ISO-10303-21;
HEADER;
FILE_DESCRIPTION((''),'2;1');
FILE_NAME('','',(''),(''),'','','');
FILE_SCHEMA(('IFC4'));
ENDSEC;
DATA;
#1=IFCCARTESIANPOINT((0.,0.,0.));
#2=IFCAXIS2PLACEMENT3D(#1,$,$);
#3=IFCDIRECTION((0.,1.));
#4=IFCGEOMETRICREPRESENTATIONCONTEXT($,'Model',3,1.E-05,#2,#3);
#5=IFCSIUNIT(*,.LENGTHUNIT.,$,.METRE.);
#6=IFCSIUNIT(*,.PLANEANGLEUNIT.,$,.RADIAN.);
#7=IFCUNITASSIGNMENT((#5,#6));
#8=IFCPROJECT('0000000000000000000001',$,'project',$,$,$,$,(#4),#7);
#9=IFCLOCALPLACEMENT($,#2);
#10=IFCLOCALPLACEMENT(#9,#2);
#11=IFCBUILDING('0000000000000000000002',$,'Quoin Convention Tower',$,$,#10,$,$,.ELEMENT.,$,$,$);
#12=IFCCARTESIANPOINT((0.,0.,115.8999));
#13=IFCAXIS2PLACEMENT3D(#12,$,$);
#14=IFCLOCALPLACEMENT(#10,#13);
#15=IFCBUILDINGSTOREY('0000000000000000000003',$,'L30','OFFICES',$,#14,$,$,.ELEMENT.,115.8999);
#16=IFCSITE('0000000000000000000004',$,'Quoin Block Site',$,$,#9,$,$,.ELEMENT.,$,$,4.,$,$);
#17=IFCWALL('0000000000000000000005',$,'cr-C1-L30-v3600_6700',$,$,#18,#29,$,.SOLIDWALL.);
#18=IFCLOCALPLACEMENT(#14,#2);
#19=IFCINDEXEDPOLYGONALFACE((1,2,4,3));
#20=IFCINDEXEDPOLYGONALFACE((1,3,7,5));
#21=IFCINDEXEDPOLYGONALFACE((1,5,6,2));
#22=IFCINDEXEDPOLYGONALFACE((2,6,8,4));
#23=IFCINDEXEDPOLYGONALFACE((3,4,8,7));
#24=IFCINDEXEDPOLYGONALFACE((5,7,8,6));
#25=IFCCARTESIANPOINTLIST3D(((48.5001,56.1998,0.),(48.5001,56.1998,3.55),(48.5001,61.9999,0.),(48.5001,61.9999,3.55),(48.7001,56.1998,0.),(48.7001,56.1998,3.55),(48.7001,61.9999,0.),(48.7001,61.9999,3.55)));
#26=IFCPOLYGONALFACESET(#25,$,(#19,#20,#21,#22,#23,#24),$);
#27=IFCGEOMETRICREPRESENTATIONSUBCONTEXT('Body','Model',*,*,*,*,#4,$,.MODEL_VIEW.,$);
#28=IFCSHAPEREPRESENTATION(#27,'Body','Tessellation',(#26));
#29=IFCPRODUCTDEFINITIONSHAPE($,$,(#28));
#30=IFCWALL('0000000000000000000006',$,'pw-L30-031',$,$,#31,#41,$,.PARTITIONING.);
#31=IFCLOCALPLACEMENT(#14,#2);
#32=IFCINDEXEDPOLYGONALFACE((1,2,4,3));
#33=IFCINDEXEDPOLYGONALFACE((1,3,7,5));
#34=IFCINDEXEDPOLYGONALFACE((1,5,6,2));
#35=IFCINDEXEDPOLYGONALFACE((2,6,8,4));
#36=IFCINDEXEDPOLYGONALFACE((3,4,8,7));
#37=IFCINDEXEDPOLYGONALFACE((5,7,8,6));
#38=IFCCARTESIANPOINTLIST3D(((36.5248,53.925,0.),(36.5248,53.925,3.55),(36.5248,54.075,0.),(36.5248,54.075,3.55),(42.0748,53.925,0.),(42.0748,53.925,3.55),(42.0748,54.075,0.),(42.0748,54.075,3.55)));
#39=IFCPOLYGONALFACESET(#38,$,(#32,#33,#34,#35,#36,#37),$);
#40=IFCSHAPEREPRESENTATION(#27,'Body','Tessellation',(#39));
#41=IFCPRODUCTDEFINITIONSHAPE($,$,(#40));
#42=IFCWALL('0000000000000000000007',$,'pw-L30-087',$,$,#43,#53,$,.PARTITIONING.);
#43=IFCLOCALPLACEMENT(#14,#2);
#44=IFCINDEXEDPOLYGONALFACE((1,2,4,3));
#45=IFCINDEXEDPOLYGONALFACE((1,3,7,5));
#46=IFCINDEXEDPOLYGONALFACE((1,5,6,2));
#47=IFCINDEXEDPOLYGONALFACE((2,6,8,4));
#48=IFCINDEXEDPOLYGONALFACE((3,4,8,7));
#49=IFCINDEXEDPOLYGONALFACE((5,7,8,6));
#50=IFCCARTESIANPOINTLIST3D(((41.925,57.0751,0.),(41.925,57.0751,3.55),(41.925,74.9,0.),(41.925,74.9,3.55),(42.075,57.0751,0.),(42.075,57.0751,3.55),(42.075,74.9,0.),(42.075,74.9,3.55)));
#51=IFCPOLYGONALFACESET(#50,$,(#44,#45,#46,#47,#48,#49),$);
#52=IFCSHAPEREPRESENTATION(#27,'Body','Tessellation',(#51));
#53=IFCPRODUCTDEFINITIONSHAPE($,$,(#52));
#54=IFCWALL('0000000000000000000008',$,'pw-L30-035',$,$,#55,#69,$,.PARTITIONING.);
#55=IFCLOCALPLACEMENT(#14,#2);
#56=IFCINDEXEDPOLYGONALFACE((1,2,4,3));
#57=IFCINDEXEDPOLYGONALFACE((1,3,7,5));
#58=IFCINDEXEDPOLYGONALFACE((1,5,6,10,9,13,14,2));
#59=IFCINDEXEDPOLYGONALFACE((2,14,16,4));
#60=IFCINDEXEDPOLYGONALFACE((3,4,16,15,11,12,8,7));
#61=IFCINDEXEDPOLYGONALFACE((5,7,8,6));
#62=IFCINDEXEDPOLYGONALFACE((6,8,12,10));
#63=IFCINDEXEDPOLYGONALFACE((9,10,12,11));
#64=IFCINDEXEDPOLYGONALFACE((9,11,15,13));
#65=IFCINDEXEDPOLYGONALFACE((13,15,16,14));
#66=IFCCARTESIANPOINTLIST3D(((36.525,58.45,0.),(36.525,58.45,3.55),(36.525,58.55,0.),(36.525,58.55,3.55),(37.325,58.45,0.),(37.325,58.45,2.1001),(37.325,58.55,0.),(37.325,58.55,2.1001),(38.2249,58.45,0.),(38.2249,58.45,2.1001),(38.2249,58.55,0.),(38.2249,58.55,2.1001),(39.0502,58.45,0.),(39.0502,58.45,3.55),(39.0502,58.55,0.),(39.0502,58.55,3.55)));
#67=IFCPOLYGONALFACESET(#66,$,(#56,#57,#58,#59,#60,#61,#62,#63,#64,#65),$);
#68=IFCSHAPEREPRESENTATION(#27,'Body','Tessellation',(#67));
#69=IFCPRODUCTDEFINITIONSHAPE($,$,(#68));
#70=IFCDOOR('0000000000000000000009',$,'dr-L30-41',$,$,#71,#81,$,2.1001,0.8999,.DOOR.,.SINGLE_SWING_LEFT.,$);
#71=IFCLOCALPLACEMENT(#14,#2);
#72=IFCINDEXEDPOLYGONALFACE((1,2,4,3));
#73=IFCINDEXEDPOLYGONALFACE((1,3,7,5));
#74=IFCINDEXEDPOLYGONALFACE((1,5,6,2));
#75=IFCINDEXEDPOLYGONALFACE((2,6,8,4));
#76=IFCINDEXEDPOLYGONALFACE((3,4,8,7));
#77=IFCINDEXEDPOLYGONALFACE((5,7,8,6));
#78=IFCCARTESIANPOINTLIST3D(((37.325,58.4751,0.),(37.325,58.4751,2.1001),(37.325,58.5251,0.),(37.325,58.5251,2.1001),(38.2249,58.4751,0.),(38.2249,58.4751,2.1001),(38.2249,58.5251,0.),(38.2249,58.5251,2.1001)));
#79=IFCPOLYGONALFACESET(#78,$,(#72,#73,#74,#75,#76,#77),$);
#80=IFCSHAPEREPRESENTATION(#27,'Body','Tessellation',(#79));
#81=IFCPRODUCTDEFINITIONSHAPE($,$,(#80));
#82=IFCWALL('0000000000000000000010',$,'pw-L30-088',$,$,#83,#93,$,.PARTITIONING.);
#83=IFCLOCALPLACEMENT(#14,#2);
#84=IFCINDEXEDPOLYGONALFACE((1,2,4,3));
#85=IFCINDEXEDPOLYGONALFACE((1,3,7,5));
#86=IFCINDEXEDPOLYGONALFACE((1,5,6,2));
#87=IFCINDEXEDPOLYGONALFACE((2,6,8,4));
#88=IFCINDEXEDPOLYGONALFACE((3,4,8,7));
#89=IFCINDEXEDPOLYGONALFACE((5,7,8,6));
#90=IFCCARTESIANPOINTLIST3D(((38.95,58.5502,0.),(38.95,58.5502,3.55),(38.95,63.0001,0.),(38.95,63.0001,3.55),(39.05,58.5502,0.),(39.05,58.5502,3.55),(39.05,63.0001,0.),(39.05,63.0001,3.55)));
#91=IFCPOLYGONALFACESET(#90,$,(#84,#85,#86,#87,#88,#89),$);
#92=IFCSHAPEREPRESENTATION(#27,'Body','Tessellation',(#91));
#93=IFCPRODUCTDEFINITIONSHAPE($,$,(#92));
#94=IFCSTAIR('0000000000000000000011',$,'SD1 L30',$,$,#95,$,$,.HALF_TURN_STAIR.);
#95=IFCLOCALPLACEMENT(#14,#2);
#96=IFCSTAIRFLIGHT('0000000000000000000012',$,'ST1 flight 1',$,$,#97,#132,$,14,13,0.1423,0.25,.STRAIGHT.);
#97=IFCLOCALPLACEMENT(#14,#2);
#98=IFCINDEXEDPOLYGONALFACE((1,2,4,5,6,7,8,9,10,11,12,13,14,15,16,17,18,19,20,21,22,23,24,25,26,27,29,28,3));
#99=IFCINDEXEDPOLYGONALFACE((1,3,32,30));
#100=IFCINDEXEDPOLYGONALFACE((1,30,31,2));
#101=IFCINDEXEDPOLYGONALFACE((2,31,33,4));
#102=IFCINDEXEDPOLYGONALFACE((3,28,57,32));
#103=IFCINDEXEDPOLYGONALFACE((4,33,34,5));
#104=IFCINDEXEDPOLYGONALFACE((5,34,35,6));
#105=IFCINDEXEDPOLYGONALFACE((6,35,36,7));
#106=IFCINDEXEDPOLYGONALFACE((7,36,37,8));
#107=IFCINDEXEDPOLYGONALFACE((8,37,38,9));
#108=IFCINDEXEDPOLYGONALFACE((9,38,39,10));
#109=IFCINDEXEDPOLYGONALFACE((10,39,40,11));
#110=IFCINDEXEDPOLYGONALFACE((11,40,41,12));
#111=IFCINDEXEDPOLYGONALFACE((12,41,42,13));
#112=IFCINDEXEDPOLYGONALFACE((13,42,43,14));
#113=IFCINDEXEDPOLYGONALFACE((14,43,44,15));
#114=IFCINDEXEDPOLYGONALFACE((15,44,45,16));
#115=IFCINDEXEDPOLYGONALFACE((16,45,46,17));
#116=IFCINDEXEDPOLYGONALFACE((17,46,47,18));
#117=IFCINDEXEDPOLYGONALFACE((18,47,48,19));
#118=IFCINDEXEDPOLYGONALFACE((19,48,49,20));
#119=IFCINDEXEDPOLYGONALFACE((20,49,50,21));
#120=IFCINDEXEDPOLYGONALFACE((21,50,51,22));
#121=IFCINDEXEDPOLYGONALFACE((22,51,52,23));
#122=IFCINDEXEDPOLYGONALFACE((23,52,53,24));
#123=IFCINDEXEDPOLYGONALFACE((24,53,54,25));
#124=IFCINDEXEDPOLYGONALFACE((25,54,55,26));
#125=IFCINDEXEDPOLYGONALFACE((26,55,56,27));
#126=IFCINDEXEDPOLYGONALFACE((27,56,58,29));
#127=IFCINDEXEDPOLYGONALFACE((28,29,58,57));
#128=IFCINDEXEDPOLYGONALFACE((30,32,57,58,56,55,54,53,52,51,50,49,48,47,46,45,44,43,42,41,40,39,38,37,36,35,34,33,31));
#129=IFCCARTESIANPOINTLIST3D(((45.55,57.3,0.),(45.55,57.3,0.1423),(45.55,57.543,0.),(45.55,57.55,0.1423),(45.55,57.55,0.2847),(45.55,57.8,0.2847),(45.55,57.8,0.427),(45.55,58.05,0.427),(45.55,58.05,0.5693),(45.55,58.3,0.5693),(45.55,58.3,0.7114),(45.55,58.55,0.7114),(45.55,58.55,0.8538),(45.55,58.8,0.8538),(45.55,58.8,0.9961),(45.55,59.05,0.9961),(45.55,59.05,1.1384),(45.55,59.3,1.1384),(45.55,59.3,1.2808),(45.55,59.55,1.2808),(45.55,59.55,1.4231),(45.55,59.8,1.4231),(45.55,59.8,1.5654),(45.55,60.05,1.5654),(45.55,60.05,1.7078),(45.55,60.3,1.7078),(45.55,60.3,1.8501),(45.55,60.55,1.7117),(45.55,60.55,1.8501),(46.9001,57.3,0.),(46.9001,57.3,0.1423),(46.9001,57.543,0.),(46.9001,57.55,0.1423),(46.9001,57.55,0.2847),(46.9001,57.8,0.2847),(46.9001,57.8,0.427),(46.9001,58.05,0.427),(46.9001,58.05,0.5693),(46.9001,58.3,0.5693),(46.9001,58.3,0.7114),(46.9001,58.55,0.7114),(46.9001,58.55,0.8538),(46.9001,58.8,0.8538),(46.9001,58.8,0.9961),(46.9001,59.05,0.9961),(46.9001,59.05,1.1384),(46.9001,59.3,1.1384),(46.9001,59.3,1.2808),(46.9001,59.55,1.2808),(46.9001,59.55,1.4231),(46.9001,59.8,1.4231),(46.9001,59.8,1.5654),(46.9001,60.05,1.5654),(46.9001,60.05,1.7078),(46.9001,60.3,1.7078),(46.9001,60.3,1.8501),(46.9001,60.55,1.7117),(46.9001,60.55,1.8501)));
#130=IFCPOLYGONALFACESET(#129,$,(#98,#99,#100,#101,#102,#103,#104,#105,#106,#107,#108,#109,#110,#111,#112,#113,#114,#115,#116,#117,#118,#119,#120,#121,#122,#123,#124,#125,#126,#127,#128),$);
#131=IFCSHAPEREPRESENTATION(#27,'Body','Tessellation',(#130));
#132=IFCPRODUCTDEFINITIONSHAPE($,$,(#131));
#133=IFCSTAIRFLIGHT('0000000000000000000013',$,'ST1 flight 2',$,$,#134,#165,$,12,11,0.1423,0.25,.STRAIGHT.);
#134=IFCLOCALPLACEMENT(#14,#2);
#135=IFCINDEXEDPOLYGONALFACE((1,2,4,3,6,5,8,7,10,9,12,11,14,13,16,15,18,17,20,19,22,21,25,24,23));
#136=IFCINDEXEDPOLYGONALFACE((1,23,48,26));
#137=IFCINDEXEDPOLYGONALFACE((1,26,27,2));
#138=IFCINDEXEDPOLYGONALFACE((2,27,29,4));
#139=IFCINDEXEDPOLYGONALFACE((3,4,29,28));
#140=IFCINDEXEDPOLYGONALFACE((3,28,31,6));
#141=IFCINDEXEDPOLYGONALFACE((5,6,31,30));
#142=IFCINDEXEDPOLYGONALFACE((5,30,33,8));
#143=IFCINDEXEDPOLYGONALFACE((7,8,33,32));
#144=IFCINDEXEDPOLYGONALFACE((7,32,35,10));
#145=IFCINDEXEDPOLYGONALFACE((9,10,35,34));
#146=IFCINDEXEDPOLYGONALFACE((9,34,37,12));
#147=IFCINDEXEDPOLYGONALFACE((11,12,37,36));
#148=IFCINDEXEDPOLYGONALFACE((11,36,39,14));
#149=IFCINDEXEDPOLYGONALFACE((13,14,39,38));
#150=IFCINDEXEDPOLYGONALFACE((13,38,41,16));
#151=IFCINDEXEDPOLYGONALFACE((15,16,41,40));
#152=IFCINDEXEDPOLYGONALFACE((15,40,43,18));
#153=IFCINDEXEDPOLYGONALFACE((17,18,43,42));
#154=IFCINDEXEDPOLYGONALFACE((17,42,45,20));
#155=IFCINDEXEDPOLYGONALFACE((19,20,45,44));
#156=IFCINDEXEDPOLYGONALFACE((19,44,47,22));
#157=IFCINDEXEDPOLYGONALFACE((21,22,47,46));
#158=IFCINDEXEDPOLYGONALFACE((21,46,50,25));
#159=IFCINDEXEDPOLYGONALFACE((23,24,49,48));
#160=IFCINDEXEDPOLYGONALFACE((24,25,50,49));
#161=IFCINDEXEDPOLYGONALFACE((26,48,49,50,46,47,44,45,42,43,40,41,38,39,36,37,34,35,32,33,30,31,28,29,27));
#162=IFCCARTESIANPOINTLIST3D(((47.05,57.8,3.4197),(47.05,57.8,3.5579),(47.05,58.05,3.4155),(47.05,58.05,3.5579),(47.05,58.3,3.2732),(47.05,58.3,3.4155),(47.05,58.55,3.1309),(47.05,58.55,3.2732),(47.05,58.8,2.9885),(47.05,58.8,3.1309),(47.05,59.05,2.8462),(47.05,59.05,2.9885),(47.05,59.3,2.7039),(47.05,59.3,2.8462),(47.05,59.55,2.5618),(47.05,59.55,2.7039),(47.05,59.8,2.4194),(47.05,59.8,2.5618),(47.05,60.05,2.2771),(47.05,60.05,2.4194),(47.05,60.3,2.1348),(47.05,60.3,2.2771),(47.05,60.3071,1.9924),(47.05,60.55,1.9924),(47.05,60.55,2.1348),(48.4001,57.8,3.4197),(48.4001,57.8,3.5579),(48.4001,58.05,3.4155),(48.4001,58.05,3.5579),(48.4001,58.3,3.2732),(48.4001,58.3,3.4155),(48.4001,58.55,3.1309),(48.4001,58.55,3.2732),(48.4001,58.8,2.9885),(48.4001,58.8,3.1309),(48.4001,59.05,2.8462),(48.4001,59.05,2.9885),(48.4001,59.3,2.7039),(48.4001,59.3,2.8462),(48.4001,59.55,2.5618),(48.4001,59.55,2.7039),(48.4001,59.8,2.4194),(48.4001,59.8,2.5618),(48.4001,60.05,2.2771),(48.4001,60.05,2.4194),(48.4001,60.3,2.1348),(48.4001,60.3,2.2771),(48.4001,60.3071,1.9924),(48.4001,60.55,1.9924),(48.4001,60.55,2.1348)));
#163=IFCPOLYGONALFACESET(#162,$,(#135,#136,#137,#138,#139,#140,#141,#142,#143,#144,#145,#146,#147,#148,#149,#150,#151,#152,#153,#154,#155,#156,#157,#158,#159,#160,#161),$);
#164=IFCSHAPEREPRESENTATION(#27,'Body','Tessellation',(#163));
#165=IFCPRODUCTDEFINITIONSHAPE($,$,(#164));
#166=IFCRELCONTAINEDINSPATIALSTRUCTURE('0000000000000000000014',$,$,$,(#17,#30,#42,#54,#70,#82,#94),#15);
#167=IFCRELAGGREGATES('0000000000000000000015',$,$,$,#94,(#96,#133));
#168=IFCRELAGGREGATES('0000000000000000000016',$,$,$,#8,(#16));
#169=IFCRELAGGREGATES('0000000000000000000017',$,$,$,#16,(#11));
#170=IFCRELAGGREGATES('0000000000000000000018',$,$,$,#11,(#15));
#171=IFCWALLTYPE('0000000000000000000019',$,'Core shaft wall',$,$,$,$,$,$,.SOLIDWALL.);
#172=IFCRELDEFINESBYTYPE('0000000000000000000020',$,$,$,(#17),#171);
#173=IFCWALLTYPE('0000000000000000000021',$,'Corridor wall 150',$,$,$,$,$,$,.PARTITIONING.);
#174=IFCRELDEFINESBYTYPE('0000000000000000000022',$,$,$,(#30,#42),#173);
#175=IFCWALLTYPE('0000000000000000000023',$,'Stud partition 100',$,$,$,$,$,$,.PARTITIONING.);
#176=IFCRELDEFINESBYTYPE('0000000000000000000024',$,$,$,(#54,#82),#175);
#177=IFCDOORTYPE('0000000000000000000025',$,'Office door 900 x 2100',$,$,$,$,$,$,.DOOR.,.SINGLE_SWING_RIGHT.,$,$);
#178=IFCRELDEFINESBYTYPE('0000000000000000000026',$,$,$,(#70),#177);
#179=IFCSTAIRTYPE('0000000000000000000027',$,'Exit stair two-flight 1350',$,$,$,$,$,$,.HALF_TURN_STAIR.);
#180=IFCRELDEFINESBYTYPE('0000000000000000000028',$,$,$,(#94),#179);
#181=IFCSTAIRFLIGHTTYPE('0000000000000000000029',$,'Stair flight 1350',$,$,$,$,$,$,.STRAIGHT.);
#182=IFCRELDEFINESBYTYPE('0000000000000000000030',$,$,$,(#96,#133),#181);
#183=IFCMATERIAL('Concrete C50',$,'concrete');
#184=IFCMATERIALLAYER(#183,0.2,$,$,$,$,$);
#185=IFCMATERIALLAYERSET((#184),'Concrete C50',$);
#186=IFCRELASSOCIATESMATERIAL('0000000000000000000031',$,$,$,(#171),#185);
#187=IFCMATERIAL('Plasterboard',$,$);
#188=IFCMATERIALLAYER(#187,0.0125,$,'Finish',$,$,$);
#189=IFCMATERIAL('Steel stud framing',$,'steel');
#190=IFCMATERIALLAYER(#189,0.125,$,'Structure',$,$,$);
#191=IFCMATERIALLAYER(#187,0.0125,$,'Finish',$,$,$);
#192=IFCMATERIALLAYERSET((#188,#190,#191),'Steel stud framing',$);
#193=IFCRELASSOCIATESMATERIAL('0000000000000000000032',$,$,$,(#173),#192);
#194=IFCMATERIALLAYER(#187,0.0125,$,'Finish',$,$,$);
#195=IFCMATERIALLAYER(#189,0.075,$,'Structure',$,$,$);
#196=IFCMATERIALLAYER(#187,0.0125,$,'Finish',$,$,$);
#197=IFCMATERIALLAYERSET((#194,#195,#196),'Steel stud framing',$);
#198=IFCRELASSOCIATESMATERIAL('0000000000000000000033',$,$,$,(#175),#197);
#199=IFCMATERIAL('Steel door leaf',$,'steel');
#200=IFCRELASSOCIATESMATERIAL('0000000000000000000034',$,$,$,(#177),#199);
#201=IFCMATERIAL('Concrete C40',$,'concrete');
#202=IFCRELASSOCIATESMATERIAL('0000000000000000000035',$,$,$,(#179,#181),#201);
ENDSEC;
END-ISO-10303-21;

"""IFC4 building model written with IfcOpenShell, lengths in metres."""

from ifc_helpers import new_model, si_unit, direction, frame, frame_2d, origin, place, context, subcontext, project, spatial, polyline, rectangle, outline, extrude, material, layer, layer_set, type_object, element, fill, aggregate, save


model = new_model("IFC4")

# Units and contexts
model_context = context("Model", 3, precision=1e-05, world=origin(), true_north=direction((0.0, 1.0)))
body_context = subcontext(model_context, "Body", "Model", "MODEL_VIEW")
ifc_project = project(units=[si_unit("LENGTHUNIT", "METRE"), si_unit("PLANEANGLEUNIT", "RADIAN")], contexts=[model_context])

# Site, building, storey
site_placement = place(None, origin())
site = spatial("IfcSite", under=ifc_project, at=site_placement, Name="Quoin Block Site", CompositionType="ELEMENT", RefElevation=4.0)
building_placement = place(site_placement, origin())
building = spatial("IfcBuilding", under=site, at=building_placement, Name="Quoin Convention Tower", CompositionType="ELEMENT")
storey_placement = place(building_placement, frame((0.0, 0.0, 115.8999)))
storey = spatial("IfcBuildingStorey", under=building, at=storey_placement, Name="L30", Description="OFFICES", CompositionType="ELEMENT", Elevation=115.8999)

# Shared definitions
ifc_material_1 = material(Name="Plasterboard")
ifc_material_2 = material(Name="Steel stud framing", Category="steel")

# Shared definitions
ifc_material_3 = material(Name="Steel door leaf", Category="steel")

# Shared definitions
ifc_material_4 = material(Name="Concrete C50", Category="concrete")
ifc_layer_1 = layer(ifc_material_4, 0.2)
ifc_layer_set_1 = layer_set([ifc_layer_1], Name="Concrete C50")
wall_type_1 = type_object("IfcWallType", Name="Core shaft wall", PredefinedType="SOLIDWALL", material=ifc_layer_set_1)

# Walls
wall_1_placement = place(storey_placement, frame((48.6001, 56.2, 0.0), z_axis=(0.0, 0.0, 1.0), x_axis=(0.0, 1.0, 0.0)))
element("IfcWall", 1, at=wall_1_placement, inside=storey, type_object=wall_type_1, Name="cr-C1-L30-v3600_6700", PredefinedType="SOLIDWALL", context=body_context, shape_type="SweptSolid", body=[
    extrude(rectangle(XDim=5.8, YDim=0.2, at=frame_2d((2.8999, 0.0))), origin(), (0.0, 0.0, 1.0), 3.55),
])
ifc_layer_2 = layer(ifc_material_1, 0.0125, Name="Finish")
ifc_layer_3 = layer(ifc_material_2, 0.125, Name="Structure")
ifc_layer_4 = layer(ifc_material_1, 0.0125, Name="Finish")
ifc_layer_set_2 = layer_set([ifc_layer_2, ifc_layer_3, ifc_layer_4], Name="Steel stud framing")
wall_type_2 = type_object("IfcWallType", Name="Corridor wall 150", PredefinedType="PARTITIONING", material=ifc_layer_set_2)
wall_2_placement = place(storey_placement, frame((36.5249, 54.0, 0.0), z_axis=(0.0, 0.0, 1.0), x_axis=(1.0, 0.0, 0.0)))
element("IfcWall", 2, at=wall_2_placement, inside=storey, type_object=wall_type_2, Name="pw-L30-031", PredefinedType="PARTITIONING", context=body_context, shape_type="SweptSolid", body=[
    extrude(rectangle(XDim=5.55, YDim=0.1499, at=frame_2d((2.7749, 0.0))), origin(), (0.0, 0.0, 1.0), 3.55),
])
wall_3_placement = place(storey_placement, frame((42.0, 57.075, 0.0), z_axis=(0.0, 0.0, 1.0), x_axis=(0.0, 1.0, 0.0)))
element("IfcWall", 3, at=wall_3_placement, inside=storey, type_object=wall_type_2, Name="pw-L30-087", PredefinedType="PARTITIONING", context=body_context, shape_type="SweptSolid", body=[
    extrude(rectangle(XDim=17.825, YDim=0.1499, at=frame_2d((8.9126, 0.0))), origin(), (0.0, 0.0, 1.0), 3.55),
])

# Wall, opening, door
ifc_layer_5 = layer(ifc_material_1, 0.0125, Name="Finish")
ifc_layer_6 = layer(ifc_material_2, 0.075, Name="Structure")
ifc_layer_7 = layer(ifc_material_1, 0.0125, Name="Finish")
ifc_layer_set_3 = layer_set([ifc_layer_5, ifc_layer_6, ifc_layer_7], Name="Steel stud framing")
wall_type_3 = type_object("IfcWallType", Name="Stud partition 100", PredefinedType="PARTITIONING", material=ifc_layer_set_3)
wall_4_placement = place(storey_placement, frame((36.5249, 58.5, 0.0), z_axis=(0.0, 0.0, 1.0), x_axis=(1.0, 0.0, 0.0)))
wall_4 = element("IfcWall", 4, at=wall_4_placement, inside=storey, type_object=wall_type_3, Name="pw-L30-035", PredefinedType="PARTITIONING", context=body_context, shape_type="SweptSolid", body=[
    extrude(rectangle(XDim=2.5251, YDim=0.1001, at=frame_2d((1.2627, 0.0))), origin(), (0.0, 0.0, 1.0), 3.55),
])
opening_1_placement = place(wall_4_placement, frame((0.8, 0.0, 0.0)))
opening_1 = element("IfcOpeningElement", 5, at=opening_1_placement, cuts=wall_4, PredefinedType="OPENING", context=body_context, shape_type="SweptSolid", body=[
    extrude(rectangle(XDim=0.8999, YDim=2.1001, at=frame_2d((0.45, 1.05))), frame((0.0, 0.0601, 0.0), z_axis=(0.0, -1.0, 0.0), x_axis=(1.0, 0.0, 0.0)), (0.0, 0.0, 1.0), 0.1201),
])
door_type_1 = type_object("IfcDoorType", Name="Office door 900 x 2100", OperationType="SINGLE_SWING_RIGHT", PredefinedType="DOOR", material=ifc_material_3)
door_1_placement = place(opening_1_placement, frame((0.8999, 0.0, 0.0), z_axis=(0.0, 0.0, 1.0), x_axis=(-1.0, 0.0, 0.0)))
door_1 = element("IfcDoor", 6, at=door_1_placement, inside=storey, type_object=door_type_1, Name="dr-L30-41", OperationType="SINGLE_SWING_LEFT", OverallHeight=2.1001, OverallWidth=0.8999, PredefinedType="DOOR", context=body_context, shape_type="SweptSolid", body=[
    extrude(rectangle(XDim=0.8999, YDim=2.1001, at=frame_2d((0.45, 1.05))), frame((0.0, 0.0249, 0.0), z_axis=(0.0, -1.0, 0.0), x_axis=(1.0, 0.0, 0.0)), (0.0, 0.0, 1.0), 0.05),
])
fill(opening_1, door_1)

# Wall
wall_5_placement = place(storey_placement, frame((39.0, 58.55, 0.0), z_axis=(0.0, 0.0, 1.0), x_axis=(0.0, 1.0, 0.0)))
element("IfcWall", 7, at=wall_5_placement, inside=storey, type_object=wall_type_3, Name="pw-L30-088", PredefinedType="PARTITIONING", context=body_context, shape_type="SweptSolid", body=[
    extrude(rectangle(XDim=4.45, YDim=0.1001, at=frame_2d((2.2251, 0.0))), origin(), (0.0, 0.0, 1.0), 3.55),
])

# Stair, stair flights
ifc_material_5 = material(Name="Concrete C40", Category="concrete")
stair_type = type_object("IfcStairType", Name="Exit stair two-flight 1350", PredefinedType="HALF_TURN_STAIR", material=ifc_material_5)
stair_placement = place(storey_placement, origin())
stair = element("IfcStair", 8, at=stair_placement, inside=storey, type_object=stair_type, Name="SD1 L30", PredefinedType="HALF_TURN_STAIR")
stair_flight_type = type_object("IfcStairFlightType", Name="Stair flight 1350", PredefinedType="STRAIGHT", material=ifc_material_5)
stair_flight_1_placement = place(storey_placement, frame((46.2251, 57.3, 0.0), z_axis=(0.0, 0.0, 1.0), x_axis=(0.0, 1.0, 0.0)))
stair_flight_1 = element("IfcStairFlight", 9, at=stair_flight_1_placement, type_object=stair_flight_type, Name="ST1 flight 1", NumberOfRisers=14, NumberOfTreads=13, PredefinedType="STRAIGHT", RiserHeight=0.1423, TreadLength=0.25, context=body_context, shape_type="SweptSolid", body=[
    extrude(outline(polyline([(0.0, 0.0), (0.0, 0.1423), (0.25, 0.1423), (0.25, 0.2847), (0.5, 0.2847), (0.5, 0.427), (0.75, 0.427), (0.75, 0.5693), (1.0, 0.5693), (1.0, 0.7114), (1.25, 0.7114), (1.25, 0.8538), (1.5, 0.8538), (1.5, 0.9961), (1.75, 0.9961), (1.75, 1.1384), (2.0, 1.1384), (2.0, 1.2808), (2.25, 1.2808), (2.25, 1.4231), (2.5, 1.4231), (2.5, 1.5654), (2.75, 1.5654), (2.75, 1.7078), (3.0, 1.7078), (3.0, 1.8501), (3.25, 1.8501), (3.25, 1.9922), (3.25, 1.7117), (0.2429, 0.0), (0.0, 0.0)])), frame((0.0, 0.675, 0.0), z_axis=(0.0, -1.0, 0.0), x_axis=(1.0, 0.0, 0.0)), (0.0, 0.0, 1.0), 1.3501),
])
stair_flight_2_placement = place(storey_placement, frame((47.7251, 60.55, 1.9924), z_axis=(0.0, 0.0, 1.0), x_axis=(0.0, -1.0, 0.0)))
stair_flight_2 = element("IfcStairFlight", 10, at=stair_flight_2_placement, type_object=stair_flight_type, Name="ST1 flight 2", NumberOfRisers=12, NumberOfTreads=11, PredefinedType="STRAIGHT", RiserHeight=0.1423, TreadLength=0.25, context=body_context, shape_type="SweptSolid", body=[
    extrude(outline(polyline([(0.0, 0.0), (0.0, 0.1423), (0.25, 0.1423), (0.25, 0.2847), (0.5, 0.2847), (0.5, 0.427), (0.75, 0.427), (0.75, 0.5693), (1.0, 0.5693), (1.0, 0.7114), (1.25, 0.7114), (1.25, 0.8538), (1.5, 0.8538), (1.5, 0.9961), (1.75, 0.9961), (1.75, 1.1384), (2.0, 1.1384), (2.0, 1.2808), (2.25, 1.2808), (2.25, 1.4231), (2.5, 1.4231), (2.5, 1.5654), (2.75, 1.5654), (2.75, 1.7078), (2.75, 1.4272), (0.2429, 0.0), (0.0, 0.0)])), frame((0.0, 0.675, 0.0), z_axis=(0.0, -1.0, 0.0), x_axis=(1.0, 0.0, 0.0)), (0.0, 0.0, 1.0), 1.3501),
])
aggregate(stair, [stair_flight_1, stair_flight_2])

save(model, "model.ifc")
